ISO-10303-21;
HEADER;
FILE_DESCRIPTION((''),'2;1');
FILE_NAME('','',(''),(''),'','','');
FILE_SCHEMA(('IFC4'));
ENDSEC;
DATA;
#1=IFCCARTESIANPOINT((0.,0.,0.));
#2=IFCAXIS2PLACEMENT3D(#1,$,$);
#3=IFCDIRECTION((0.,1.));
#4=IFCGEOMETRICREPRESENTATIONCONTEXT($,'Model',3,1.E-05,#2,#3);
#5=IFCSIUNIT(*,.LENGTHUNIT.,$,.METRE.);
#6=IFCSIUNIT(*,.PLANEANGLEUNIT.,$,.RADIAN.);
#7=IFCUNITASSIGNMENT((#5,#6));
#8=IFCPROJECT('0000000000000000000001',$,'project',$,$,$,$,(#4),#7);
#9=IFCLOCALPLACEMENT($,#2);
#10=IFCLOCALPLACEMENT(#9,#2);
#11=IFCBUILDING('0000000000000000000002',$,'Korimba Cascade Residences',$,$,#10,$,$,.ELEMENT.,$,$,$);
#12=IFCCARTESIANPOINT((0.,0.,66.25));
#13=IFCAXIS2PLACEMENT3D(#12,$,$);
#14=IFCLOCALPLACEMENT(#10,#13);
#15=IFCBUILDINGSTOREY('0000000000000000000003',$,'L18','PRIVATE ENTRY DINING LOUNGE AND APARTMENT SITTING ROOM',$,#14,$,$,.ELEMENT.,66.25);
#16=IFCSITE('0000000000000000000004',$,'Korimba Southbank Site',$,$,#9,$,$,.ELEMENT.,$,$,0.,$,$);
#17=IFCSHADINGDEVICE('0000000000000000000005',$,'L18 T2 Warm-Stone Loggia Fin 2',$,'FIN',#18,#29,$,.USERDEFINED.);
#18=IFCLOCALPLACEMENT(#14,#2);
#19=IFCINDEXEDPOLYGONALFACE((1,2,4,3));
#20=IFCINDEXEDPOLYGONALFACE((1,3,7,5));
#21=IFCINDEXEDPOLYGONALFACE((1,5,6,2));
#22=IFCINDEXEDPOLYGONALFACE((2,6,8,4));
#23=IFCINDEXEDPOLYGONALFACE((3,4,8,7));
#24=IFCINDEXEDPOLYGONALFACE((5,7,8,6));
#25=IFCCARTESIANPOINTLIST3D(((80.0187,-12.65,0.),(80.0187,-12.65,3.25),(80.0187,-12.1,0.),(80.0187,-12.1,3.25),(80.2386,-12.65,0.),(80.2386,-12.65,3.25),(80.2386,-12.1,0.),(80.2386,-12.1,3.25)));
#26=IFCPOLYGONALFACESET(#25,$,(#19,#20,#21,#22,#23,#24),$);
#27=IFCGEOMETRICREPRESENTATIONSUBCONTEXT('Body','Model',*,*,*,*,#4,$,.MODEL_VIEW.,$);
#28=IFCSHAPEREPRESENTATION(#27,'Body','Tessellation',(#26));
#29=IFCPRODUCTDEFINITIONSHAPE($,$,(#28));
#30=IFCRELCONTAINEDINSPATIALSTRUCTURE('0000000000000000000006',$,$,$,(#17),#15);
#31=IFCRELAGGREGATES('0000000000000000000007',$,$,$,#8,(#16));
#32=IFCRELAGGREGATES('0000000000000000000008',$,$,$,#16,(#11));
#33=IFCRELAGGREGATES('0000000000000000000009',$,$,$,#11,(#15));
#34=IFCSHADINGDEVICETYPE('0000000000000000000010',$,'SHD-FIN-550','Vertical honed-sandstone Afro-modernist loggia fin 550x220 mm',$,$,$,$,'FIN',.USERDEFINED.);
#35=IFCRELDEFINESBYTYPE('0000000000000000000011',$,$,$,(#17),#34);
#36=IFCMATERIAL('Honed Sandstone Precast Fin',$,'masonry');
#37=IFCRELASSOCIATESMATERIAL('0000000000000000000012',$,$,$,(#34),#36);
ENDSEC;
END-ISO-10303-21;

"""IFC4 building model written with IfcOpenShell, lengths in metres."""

from ifc_helpers import new_model, si_unit, direction, frame, origin, origin_2d, place, context, subcontext, project, spatial, rectangle, extrude, material, type_object, element, save


model = new_model("IFC4")

# Units and contexts
model_context = context("Model", 3, precision=1e-05, world=origin(), true_north=direction((0.0, 1.0)))
body_context = subcontext(model_context, "Body", "Model", "MODEL_VIEW")
ifc_project = project(units=[si_unit("LENGTHUNIT", "METRE"), si_unit("PLANEANGLEUNIT", "RADIAN")], contexts=[model_context])

# Site, building, storey
site_placement = place(None, origin())
site = spatial("IfcSite", under=ifc_project, at=site_placement, Name="Korimba Southbank Site", CompositionType="ELEMENT", RefElevation=0.0)
building_placement = place(site_placement, origin())
building = spatial("IfcBuilding", under=site, at=building_placement, Name="Korimba Cascade Residences", CompositionType="ELEMENT")
storey_placement = place(building_placement, frame((0.0, 0.0, 66.25)))
storey = spatial("IfcBuildingStorey", under=building, at=storey_placement, Name="L18", Description="PRIVATE ENTRY DINING LOUNGE AND APARTMENT SITTING ROOM", CompositionType="ELEMENT", Elevation=66.25)

# Shading device
ifc_material_1 = material(Name="Honed Sandstone Precast Fin", Category="masonry")
shading_device_type = type_object("IfcShadingDeviceType", Name="SHD-FIN-550", Description="Vertical honed-sandstone Afro-modernist loggia fin 550x220 mm", ElementType="FIN", PredefinedType="USERDEFINED", material=ifc_material_1)
for number, where, z_axis, x_axis, name in (
    (1, (80.1287, -12.375, 0.0), (0.0, 0.0, 1.0), (1.0, 0.0, 0.0), "L18 T2 Warm-Stone Loggia Fin 2"),
):
    element("IfcShadingDevice", number, at=place(storey_placement, frame(where, z_axis=z_axis, x_axis=x_axis)), inside=storey, type_object=shading_device_type, Name=name, ObjectType="FIN", PredefinedType="USERDEFINED", context=body_context, shape_type="SweptSolid", body=[
        extrude(rectangle(XDim=0.22, YDim=0.55, at=origin_2d()), origin(), (0.0, 0.0, 1.0), 3.25),
    ])

save(model, "model.ifc")
